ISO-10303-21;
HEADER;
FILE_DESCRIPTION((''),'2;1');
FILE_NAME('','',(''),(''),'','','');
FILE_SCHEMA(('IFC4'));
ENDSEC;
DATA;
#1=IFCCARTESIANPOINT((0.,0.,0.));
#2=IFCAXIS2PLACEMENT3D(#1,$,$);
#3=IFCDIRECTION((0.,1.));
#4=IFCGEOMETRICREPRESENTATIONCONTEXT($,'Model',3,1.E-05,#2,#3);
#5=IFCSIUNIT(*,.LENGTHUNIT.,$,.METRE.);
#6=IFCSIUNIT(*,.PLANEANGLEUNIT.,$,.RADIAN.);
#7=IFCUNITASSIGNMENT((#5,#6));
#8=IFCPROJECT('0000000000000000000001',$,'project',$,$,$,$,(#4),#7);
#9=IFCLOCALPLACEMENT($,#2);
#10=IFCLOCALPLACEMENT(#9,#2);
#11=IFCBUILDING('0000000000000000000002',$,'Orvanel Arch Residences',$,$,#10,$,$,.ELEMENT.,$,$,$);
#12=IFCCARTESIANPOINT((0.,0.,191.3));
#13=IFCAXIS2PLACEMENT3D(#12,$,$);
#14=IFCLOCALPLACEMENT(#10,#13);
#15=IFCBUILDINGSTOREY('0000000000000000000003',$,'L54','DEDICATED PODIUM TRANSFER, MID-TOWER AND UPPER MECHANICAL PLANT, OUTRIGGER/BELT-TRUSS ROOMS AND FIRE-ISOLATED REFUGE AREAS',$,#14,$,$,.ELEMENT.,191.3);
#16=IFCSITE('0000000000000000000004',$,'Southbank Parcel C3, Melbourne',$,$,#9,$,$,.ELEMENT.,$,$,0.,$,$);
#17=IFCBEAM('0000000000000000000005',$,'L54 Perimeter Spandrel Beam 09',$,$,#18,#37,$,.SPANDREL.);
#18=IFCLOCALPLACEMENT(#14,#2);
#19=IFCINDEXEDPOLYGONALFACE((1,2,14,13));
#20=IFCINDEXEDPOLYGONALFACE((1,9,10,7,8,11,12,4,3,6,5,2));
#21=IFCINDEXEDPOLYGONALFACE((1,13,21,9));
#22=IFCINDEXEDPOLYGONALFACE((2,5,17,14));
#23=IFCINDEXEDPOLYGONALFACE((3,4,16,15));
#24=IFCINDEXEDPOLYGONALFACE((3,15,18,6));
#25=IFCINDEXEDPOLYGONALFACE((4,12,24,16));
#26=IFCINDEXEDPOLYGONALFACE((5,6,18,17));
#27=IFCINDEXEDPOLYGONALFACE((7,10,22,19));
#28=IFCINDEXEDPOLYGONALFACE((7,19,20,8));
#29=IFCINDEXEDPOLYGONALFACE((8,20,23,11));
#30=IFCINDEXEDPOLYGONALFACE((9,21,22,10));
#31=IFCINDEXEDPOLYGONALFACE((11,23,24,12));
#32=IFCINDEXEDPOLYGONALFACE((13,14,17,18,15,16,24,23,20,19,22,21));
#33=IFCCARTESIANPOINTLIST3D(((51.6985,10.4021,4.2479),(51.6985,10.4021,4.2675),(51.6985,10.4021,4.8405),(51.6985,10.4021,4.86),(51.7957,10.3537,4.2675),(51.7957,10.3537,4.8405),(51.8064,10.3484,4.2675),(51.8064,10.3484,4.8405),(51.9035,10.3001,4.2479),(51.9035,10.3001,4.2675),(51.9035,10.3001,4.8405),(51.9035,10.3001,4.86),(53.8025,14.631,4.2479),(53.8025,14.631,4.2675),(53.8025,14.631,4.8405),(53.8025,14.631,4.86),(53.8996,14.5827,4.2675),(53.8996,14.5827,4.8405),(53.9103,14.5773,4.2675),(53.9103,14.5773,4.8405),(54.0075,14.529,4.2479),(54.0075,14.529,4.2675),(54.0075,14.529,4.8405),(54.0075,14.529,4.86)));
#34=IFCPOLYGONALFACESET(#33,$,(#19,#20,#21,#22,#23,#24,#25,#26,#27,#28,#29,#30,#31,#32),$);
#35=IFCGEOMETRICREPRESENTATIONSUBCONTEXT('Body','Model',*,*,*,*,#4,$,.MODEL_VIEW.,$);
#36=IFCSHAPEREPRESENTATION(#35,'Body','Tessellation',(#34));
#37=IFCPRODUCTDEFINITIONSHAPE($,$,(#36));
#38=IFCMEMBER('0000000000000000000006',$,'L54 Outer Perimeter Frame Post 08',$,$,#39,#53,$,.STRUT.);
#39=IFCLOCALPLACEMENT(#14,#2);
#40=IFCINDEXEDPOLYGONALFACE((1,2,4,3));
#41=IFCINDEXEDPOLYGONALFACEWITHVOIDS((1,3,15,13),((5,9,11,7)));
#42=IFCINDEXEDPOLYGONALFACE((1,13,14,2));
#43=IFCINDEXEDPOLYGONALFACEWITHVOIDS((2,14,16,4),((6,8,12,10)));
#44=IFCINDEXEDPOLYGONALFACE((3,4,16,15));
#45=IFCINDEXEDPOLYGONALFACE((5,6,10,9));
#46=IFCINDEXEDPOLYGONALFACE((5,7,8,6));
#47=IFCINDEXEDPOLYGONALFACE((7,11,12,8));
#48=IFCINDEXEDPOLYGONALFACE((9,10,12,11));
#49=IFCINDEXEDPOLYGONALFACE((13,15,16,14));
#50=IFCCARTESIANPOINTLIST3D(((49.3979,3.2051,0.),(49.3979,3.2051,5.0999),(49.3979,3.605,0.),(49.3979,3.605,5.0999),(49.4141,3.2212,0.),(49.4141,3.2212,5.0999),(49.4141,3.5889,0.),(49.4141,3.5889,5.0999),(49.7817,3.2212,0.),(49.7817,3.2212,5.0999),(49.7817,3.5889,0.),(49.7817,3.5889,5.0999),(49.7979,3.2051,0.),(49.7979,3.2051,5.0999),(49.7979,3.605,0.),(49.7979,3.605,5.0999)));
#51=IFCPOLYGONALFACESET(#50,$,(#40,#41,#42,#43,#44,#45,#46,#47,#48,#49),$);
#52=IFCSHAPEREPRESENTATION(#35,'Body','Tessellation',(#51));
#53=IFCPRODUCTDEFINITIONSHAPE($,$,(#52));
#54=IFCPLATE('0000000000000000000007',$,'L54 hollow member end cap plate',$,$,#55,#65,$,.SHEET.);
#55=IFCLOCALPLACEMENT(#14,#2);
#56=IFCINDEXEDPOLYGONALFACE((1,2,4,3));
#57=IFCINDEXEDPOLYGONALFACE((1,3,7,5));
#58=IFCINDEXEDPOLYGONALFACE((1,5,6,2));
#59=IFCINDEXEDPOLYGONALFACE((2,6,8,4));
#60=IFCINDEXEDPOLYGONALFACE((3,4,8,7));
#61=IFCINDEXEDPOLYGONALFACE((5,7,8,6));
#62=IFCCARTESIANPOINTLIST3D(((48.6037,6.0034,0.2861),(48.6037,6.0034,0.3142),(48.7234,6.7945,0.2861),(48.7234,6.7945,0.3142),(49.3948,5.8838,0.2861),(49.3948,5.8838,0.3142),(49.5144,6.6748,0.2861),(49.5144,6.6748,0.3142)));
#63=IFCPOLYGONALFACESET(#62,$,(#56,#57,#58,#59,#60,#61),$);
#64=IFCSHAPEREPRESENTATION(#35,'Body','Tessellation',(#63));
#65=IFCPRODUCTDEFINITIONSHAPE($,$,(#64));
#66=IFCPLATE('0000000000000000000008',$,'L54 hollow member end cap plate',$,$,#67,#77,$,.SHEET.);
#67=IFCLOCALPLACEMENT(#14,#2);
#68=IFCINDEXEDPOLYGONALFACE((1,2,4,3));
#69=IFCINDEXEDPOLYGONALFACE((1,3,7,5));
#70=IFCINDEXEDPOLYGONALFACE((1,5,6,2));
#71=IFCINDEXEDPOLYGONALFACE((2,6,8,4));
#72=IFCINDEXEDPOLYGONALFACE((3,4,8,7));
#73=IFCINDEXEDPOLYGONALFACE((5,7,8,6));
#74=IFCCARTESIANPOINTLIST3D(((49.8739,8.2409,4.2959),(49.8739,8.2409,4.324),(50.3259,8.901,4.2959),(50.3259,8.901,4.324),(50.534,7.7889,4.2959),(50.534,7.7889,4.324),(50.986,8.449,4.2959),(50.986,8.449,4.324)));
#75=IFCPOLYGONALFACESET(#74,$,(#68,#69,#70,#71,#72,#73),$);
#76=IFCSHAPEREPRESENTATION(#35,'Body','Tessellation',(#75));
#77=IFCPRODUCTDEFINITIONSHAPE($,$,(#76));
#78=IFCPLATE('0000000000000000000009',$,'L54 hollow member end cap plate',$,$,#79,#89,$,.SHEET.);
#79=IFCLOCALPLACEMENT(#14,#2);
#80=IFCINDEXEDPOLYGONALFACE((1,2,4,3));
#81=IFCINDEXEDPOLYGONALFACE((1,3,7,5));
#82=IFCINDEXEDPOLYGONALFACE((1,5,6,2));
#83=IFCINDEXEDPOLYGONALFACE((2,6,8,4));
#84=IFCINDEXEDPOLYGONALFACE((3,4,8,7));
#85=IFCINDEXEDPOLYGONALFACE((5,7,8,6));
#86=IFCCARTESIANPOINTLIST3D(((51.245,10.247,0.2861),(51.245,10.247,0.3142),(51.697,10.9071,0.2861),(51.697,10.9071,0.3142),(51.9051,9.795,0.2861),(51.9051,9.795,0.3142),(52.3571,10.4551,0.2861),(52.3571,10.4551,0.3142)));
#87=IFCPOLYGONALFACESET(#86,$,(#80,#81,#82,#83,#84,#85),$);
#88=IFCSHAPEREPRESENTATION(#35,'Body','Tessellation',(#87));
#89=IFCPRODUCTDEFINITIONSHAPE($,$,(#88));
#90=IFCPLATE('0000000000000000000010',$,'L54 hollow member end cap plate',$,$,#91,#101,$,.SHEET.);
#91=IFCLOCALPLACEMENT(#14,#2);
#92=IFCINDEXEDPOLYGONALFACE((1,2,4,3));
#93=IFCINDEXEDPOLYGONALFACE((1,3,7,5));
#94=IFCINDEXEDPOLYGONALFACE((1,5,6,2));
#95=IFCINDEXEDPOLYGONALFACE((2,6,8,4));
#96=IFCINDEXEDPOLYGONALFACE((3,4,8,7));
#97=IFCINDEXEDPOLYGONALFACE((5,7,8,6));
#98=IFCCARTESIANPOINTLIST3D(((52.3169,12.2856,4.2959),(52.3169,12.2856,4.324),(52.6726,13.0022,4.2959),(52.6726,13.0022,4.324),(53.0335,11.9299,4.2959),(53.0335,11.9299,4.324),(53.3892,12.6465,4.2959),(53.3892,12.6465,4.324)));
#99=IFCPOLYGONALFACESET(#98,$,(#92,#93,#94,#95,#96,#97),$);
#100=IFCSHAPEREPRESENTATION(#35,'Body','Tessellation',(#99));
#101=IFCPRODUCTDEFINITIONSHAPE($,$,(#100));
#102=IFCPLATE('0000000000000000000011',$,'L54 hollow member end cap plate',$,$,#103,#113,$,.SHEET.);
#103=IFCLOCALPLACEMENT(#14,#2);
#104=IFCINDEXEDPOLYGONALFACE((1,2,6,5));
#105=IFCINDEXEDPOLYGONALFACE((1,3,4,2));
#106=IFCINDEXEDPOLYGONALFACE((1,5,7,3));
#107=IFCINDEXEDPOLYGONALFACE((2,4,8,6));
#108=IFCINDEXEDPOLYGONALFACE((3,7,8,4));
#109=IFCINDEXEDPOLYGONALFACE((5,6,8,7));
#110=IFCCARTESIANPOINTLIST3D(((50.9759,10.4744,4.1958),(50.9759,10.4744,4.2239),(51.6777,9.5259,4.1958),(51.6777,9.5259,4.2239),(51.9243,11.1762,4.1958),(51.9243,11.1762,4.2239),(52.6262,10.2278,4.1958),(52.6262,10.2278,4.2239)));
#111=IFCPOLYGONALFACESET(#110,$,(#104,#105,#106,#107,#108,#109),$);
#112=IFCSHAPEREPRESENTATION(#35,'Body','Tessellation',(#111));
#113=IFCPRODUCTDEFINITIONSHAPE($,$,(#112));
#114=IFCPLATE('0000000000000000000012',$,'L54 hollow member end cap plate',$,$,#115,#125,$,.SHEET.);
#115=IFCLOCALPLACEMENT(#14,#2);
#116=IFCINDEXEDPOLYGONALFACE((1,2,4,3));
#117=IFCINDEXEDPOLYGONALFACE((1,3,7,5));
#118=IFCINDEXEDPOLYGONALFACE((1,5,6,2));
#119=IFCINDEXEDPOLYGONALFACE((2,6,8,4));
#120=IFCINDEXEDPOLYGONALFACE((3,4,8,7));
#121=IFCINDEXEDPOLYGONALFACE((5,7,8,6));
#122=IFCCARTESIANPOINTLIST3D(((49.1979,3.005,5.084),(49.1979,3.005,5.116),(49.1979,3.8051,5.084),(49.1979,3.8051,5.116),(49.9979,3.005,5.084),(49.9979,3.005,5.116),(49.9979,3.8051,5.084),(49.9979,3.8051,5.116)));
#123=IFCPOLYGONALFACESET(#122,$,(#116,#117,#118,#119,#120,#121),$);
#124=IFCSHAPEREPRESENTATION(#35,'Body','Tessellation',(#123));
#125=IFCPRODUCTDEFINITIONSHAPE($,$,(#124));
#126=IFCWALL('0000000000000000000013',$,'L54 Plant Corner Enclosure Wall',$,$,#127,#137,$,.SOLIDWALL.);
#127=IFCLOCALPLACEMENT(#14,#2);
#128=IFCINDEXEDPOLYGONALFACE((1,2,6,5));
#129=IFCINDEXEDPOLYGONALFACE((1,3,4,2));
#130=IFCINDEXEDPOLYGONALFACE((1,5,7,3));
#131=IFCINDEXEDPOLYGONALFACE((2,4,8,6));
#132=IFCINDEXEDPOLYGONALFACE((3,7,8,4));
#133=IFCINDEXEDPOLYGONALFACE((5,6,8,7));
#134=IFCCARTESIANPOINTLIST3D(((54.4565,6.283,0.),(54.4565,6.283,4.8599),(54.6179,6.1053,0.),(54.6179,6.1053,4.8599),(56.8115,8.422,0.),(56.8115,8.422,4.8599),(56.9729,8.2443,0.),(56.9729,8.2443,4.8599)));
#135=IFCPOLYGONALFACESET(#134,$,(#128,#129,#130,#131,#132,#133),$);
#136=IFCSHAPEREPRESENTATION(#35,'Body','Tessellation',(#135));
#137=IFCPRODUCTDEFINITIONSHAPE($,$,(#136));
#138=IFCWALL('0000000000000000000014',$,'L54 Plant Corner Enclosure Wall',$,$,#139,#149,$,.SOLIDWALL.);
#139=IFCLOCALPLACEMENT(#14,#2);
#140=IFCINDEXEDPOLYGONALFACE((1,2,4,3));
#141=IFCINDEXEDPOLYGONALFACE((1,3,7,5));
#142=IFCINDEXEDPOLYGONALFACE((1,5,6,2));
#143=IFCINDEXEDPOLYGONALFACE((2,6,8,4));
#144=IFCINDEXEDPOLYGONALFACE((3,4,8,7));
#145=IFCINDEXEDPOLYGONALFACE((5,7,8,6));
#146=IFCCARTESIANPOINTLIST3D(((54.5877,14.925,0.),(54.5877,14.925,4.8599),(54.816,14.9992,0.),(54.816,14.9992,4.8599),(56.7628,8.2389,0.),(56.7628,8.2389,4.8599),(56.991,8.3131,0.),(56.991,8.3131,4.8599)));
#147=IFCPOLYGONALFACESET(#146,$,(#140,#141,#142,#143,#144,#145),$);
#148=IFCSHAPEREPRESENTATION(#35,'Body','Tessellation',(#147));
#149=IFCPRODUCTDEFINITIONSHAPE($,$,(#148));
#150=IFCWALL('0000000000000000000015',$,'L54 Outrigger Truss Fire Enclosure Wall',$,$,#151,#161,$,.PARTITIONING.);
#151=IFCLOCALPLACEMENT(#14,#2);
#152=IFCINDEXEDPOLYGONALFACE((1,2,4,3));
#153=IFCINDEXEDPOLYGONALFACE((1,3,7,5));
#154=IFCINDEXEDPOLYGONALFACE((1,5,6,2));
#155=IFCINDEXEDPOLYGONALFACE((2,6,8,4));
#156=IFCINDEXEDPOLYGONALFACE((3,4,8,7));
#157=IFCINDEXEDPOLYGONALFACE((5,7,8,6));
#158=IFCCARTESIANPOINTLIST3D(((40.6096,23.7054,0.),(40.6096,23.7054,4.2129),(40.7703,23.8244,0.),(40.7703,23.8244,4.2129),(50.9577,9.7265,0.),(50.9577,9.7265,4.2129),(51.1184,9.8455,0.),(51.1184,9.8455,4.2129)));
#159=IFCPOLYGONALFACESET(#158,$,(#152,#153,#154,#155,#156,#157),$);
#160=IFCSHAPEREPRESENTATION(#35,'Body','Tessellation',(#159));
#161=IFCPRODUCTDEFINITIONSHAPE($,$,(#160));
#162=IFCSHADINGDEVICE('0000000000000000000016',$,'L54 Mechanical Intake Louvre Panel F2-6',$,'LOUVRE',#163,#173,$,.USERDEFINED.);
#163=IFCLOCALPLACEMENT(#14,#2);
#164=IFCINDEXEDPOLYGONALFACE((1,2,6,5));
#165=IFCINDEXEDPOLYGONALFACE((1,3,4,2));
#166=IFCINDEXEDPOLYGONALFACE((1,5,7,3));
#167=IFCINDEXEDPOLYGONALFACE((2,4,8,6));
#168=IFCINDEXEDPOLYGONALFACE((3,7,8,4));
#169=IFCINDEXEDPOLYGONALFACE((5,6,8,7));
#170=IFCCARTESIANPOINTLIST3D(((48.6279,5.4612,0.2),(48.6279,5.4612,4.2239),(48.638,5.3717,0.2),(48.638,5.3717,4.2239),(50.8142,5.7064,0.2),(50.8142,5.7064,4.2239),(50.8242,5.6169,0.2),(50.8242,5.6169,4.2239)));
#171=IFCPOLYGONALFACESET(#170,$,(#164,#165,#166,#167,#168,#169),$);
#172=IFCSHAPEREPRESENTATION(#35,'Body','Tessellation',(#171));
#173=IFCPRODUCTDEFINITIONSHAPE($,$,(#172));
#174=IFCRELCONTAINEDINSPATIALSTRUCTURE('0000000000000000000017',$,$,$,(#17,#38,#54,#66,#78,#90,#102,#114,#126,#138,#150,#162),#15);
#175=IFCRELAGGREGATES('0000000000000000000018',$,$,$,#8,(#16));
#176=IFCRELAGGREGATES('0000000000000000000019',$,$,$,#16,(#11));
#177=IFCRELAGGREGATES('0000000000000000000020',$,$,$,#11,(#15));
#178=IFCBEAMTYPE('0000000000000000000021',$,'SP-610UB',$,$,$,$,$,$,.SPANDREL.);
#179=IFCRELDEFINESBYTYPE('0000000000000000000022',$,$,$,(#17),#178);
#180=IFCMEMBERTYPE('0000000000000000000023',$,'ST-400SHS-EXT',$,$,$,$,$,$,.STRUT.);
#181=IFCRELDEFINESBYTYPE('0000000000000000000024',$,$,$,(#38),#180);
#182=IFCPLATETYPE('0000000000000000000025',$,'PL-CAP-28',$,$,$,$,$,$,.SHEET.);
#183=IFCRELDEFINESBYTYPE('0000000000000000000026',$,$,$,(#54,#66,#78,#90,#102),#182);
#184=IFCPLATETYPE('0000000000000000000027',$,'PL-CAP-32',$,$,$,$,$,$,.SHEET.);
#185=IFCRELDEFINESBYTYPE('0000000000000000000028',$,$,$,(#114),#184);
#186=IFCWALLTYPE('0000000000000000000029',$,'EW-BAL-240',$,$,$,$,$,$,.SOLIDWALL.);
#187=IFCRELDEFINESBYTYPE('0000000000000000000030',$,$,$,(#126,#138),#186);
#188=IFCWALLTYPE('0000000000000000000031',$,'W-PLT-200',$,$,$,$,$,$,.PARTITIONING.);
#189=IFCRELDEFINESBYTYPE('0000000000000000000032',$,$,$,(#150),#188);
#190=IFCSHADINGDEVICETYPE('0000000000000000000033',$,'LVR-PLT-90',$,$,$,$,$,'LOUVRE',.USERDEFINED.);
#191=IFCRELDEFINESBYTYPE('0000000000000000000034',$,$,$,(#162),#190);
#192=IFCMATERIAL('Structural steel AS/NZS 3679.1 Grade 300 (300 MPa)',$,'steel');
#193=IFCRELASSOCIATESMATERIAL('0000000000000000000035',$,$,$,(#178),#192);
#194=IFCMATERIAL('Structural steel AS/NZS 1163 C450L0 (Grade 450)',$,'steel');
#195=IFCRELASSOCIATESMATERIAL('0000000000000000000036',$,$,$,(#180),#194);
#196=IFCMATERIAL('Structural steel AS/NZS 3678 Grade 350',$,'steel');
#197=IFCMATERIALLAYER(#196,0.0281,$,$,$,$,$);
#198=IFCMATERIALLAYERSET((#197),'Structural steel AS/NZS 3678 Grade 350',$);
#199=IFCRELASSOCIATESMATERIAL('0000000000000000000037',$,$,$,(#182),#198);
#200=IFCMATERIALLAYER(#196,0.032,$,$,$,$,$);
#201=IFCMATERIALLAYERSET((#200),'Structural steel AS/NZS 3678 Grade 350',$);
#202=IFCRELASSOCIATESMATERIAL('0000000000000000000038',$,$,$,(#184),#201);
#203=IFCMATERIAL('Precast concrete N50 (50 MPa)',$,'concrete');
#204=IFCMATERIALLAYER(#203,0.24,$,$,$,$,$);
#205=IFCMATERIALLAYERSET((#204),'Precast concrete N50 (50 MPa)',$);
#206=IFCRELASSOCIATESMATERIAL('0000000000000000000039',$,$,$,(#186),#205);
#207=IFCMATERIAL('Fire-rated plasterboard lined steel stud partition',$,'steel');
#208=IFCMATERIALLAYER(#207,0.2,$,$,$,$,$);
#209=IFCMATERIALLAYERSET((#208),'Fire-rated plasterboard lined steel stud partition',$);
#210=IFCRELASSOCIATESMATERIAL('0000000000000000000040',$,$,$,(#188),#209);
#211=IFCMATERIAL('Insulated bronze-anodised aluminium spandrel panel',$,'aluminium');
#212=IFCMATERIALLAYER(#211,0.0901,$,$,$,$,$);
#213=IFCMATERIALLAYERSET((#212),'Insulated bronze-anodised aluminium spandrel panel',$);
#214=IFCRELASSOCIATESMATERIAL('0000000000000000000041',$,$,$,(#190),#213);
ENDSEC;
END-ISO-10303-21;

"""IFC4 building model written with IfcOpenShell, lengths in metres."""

from ifc_helpers import new_model, si_unit, direction, frame, frame_2d, origin, origin_2d, place, context, subcontext, project, spatial, rectangle, hollow_rectangle, i_section, extrude, material, layer, layer_set, material_profile, profile_set, type_object, element, save


model = new_model("IFC4")

# Units and contexts
model_context = context("Model", 3, precision=1e-05, world=origin(), true_north=direction((0.0, 1.0)))
body_context = subcontext(model_context, "Body", "Model", "MODEL_VIEW")
ifc_project = project(units=[si_unit("LENGTHUNIT", "METRE"), si_unit("PLANEANGLEUNIT", "RADIAN")], contexts=[model_context])

# Site, building, storey
site_placement = place(None, origin())
site = spatial("IfcSite", under=ifc_project, at=site_placement, Name="Southbank Parcel C3, Melbourne", CompositionType="ELEMENT", RefElevation=0.0)
building_placement = place(site_placement, origin())
building = spatial("IfcBuilding", under=site, at=building_placement, Name="Orvanel Arch Residences", CompositionType="ELEMENT")
storey_placement = place(building_placement, frame((0.0, 0.0, 191.3)))
storey = spatial("IfcBuildingStorey", under=building, at=storey_placement, Name="L54", Description="DEDICATED PODIUM TRANSFER, MID-TOWER AND UPPER MECHANICAL PLANT, OUTRIGGER/BELT-TRUSS ROOMS AND FIRE-ISOLATED REFUGE AREAS", CompositionType="ELEMENT", Elevation=191.3)

# Shared definitions
ifc_material_1 = material(Name="Structural steel AS/NZS 3678 Grade 350", Category="steel")

# Beam
ifc_material_2 = material(Name="Structural steel AS/NZS 3679.1 Grade 300 (300 MPa)", Category="steel")
ifc_material_profile_1 = material_profile(ifc_material_2, i_section(OverallWidth=0.229, OverallDepth=0.6121, WebThickness=0.012, FlangeThickness=0.0195, at=origin_2d()), Name="610UB125")
ifc_profile_set_1 = profile_set([ifc_material_profile_1], Name="Structural steel AS/NZS 3679.1 Grade 300 (300 MPa)")
beam_type_1 = type_object("IfcBeamType", Name="SP-610UB", PredefinedType="SPANDREL", material=ifc_profile_set_1)
beam_1_placement = place(storey_placement, frame((51.801, 10.3511, 4.554), z_axis=(0.445435, 0.895314, 0.0), x_axis=(-0.895314, 0.445435, 0.0)))
element("IfcBeam", 1, at=beam_1_placement, inside=storey, type_object=beam_type_1, Name="L54 Perimeter Spandrel Beam 09", PredefinedType="SPANDREL", context=body_context, shape_type="SweptSolid", body=[
    extrude(i_section(OverallWidth=0.229, OverallDepth=0.6121, WebThickness=0.012, FlangeThickness=0.0195, at=origin_2d()), origin(), (0.0, 0.0, 1.0), 4.7234),
])

# Member
ifc_material_3 = material(Name="Structural steel AS/NZS 1163 C450L0 (Grade 450)", Category="steel")
ifc_material_profile_2 = material_profile(ifc_material_3, hollow_rectangle(XDim=0.3999, YDim=0.3999, WallThickness=0.0161, at=origin_2d()), Name="SHS400x400x16")
ifc_profile_set_2 = profile_set([ifc_material_profile_2], Name="Structural steel AS/NZS 1163 C450L0 (Grade 450)")
member_type_1 = type_object("IfcMemberType", Name="ST-400SHS-EXT", PredefinedType="STRUT", material=ifc_profile_set_2)
member_1_placement = place(storey_placement, frame((49.5979, 3.405, 0.0), z_axis=(0.0, 0.0, 1.0), x_axis=(1.0, 0.0, 0.0)))
element("IfcMember", 2, at=member_1_placement, inside=storey, type_object=member_type_1, Name="L54 Outer Perimeter Frame Post 08", PredefinedType="STRUT", context=body_context, shape_type="SweptSolid", body=[
    extrude(hollow_rectangle(XDim=0.3999, YDim=0.3999, WallThickness=0.0161, at=origin_2d()), origin(), (0.0, 0.0, 1.0), 5.0999),
])

# Plates
ifc_layer_1 = layer(ifc_material_1, 0.0281)
ifc_layer_set_1 = layer_set([ifc_layer_1], Name="Structural steel AS/NZS 3678 Grade 350")
plate_type_1 = type_object("IfcPlateType", Name="PL-CAP-28", PredefinedType="SHEET", material=ifc_layer_set_1)
for number, where, z_axis, x_axis, name in (
    (3, (49.0591, 6.3391, 0.2861), (0.0, 0.0, 1.0), (-0.988756, 0.149535, 0.0), "L54 hollow member end cap plate"),
    (4, (50.4299, 8.345, 4.2959), (0.0, 0.0, 1.0), (0.564967, 0.825113, 0.0), "L54 hollow member end cap plate"),
    (5, (51.801, 10.3511, 0.2861), (0.0, 0.0, 1.0), (0.564967, 0.825113, 0.0), "L54 hollow member end cap plate"),
    (6, (52.853, 12.4661, 4.2959), (0.0, 0.0, 1.0), (0.444635, 0.895712, 0.0), "L54 hollow member end cap plate"),
):
    element("IfcPlate", number, at=place(storey_placement, frame(where, z_axis=z_axis, x_axis=x_axis)), inside=storey, type_object=plate_type_1, Name=name, PredefinedType="SHEET", context=body_context, shape_type="SweptSolid", body=[
        extrude(rectangle(XDim=0.8, YDim=0.8, at=origin_2d()), origin(), (0.0, 0.0, 1.0), 0.0281),
    ])
plate_1_placement = place(storey_placement, frame((51.801, 10.3511, 4.1958), z_axis=(0.0, 0.0, 1.0), x_axis=(-0.594823, 0.803857, 0.0)))
element("IfcPlate", 7, at=plate_1_placement, inside=storey, type_object=plate_type_1, Name="L54 hollow member end cap plate", PredefinedType="SHEET", context=body_context, shape_type="SweptSolid", body=[
    extrude(rectangle(XDim=1.1799, YDim=1.1799, at=origin_2d()), origin(), (0.0, 0.0, 1.0), 0.0281),
])
ifc_layer_2 = layer(ifc_material_1, 0.032)
ifc_layer_set_2 = layer_set([ifc_layer_2], Name="Structural steel AS/NZS 3678 Grade 350")
plate_type_2 = type_object("IfcPlateType", Name="PL-CAP-32", PredefinedType="SHEET", material=ifc_layer_set_2)
plate_2_placement = place(storey_placement, frame((49.5979, 3.405, 5.084), z_axis=(0.0, 0.0, 1.0), x_axis=(1.0, 0.0, 0.0)))
element("IfcPlate", 8, at=plate_2_placement, inside=storey, type_object=plate_type_2, Name="L54 hollow member end cap plate", PredefinedType="SHEET", context=body_context, shape_type="SweptSolid", body=[
    extrude(rectangle(XDim=0.8, YDim=0.8, at=origin_2d()), origin(), (0.0, 0.0, 1.0), 0.032),
])

# Walls
ifc_material_4 = material(Name="Precast concrete N50 (50 MPa)", Category="concrete")
ifc_layer_3 = layer(ifc_material_4, 0.24)
ifc_layer_set_3 = layer_set([ifc_layer_3], Name="Precast concrete N50 (50 MPa)")
wall_type_1 = type_object("IfcWallType", Name="EW-BAL-240", PredefinedType="SOLIDWALL", material=ifc_layer_set_3)
wall_1_placement = place(storey_placement, frame((54.5371, 6.1941, 0.0), z_axis=(0.0, 0.0, 1.0), x_axis=(0.740249, 0.672333, 0.0)))
element("IfcWall", 9, at=wall_1_placement, inside=storey, type_object=wall_type_1, Name="L54 Plant Corner Enclosure Wall", PredefinedType="SOLIDWALL", context=body_context, shape_type="SweptSolid", body=[
    extrude(rectangle(XDim=3.1814, YDim=0.24, at=frame_2d((1.5908, 0.0))), origin(), (0.0, 0.0, 1.0), 4.8599),
])
wall_2_placement = place(storey_placement, frame((56.877, 8.2759, 0.0), z_axis=(0.0, 0.0, 1.0), x_axis=(-0.309355, 0.950947, 0.0)))
element("IfcWall", 10, at=wall_2_placement, inside=storey, type_object=wall_type_1, Name="L54 Plant Corner Enclosure Wall", PredefinedType="SOLIDWALL", context=body_context, shape_type="SweptSolid", body=[
    extrude(rectangle(XDim=7.031, YDim=0.24, at=frame_2d((3.5156, 0.0))), origin(), (0.0, 0.0, 1.0), 4.8599),
])
ifc_material_5 = material(Name="Fire-rated plasterboard lined steel stud partition", Category="steel")
ifc_layer_4 = layer(ifc_material_5, 0.2)
ifc_layer_set_4 = layer_set([ifc_layer_4], Name="Fire-rated plasterboard lined steel stud partition")
wall_type_2 = type_object("IfcWallType", Name="W-PLT-200", PredefinedType="PARTITIONING", material=ifc_layer_set_4)
wall_3_placement = place(storey_placement, frame((51.0381, 9.7859, 0.0), z_axis=(0.0, 0.0, 1.0), x_axis=(-0.59498, 0.803741, 0.0)))
element("IfcWall", 11, at=wall_3_placement, inside=storey, type_object=wall_type_2, Name="L54 Outrigger Truss Fire Enclosure Wall", PredefinedType="PARTITIONING", context=body_context, shape_type="SweptSolid", body=[
    extrude(rectangle(XDim=17.3923, YDim=0.2, at=frame_2d((8.6963, 0.0))), origin(), (0.0, 0.0, 1.0), 4.2129),
])

# Shading device
ifc_material_6 = material(Name="Insulated bronze-anodised aluminium spandrel panel", Category="aluminium")
ifc_layer_5 = layer(ifc_material_6, 0.0901)
ifc_layer_set_5 = layer_set([ifc_layer_5], Name="Insulated bronze-anodised aluminium spandrel panel")
shading_device_type = type_object("IfcShadingDeviceType", Name="LVR-PLT-90", ElementType="LOUVRE", PredefinedType="USERDEFINED", material=ifc_layer_set_5)
shading_device_placement = place(storey_placement, frame((49.7261, 5.5391, 0.2), z_axis=(0.0, 0.0, 1.0), x_axis=(0.993768, 0.111469, 0.0)))
element("IfcShadingDevice", 12, at=shading_device_placement, inside=storey, type_object=shading_device_type, Name="L54 Mechanical Intake Louvre Panel F2-6", ObjectType="LOUVRE", PredefinedType="USERDEFINED", context=body_context, shape_type="SweptSolid", body=[
    extrude(rectangle(XDim=2.2, YDim=0.0901, at=origin_2d()), origin(), (0.0, 0.0, 1.0), 4.0239),
])

save(model, "model.ifc")
